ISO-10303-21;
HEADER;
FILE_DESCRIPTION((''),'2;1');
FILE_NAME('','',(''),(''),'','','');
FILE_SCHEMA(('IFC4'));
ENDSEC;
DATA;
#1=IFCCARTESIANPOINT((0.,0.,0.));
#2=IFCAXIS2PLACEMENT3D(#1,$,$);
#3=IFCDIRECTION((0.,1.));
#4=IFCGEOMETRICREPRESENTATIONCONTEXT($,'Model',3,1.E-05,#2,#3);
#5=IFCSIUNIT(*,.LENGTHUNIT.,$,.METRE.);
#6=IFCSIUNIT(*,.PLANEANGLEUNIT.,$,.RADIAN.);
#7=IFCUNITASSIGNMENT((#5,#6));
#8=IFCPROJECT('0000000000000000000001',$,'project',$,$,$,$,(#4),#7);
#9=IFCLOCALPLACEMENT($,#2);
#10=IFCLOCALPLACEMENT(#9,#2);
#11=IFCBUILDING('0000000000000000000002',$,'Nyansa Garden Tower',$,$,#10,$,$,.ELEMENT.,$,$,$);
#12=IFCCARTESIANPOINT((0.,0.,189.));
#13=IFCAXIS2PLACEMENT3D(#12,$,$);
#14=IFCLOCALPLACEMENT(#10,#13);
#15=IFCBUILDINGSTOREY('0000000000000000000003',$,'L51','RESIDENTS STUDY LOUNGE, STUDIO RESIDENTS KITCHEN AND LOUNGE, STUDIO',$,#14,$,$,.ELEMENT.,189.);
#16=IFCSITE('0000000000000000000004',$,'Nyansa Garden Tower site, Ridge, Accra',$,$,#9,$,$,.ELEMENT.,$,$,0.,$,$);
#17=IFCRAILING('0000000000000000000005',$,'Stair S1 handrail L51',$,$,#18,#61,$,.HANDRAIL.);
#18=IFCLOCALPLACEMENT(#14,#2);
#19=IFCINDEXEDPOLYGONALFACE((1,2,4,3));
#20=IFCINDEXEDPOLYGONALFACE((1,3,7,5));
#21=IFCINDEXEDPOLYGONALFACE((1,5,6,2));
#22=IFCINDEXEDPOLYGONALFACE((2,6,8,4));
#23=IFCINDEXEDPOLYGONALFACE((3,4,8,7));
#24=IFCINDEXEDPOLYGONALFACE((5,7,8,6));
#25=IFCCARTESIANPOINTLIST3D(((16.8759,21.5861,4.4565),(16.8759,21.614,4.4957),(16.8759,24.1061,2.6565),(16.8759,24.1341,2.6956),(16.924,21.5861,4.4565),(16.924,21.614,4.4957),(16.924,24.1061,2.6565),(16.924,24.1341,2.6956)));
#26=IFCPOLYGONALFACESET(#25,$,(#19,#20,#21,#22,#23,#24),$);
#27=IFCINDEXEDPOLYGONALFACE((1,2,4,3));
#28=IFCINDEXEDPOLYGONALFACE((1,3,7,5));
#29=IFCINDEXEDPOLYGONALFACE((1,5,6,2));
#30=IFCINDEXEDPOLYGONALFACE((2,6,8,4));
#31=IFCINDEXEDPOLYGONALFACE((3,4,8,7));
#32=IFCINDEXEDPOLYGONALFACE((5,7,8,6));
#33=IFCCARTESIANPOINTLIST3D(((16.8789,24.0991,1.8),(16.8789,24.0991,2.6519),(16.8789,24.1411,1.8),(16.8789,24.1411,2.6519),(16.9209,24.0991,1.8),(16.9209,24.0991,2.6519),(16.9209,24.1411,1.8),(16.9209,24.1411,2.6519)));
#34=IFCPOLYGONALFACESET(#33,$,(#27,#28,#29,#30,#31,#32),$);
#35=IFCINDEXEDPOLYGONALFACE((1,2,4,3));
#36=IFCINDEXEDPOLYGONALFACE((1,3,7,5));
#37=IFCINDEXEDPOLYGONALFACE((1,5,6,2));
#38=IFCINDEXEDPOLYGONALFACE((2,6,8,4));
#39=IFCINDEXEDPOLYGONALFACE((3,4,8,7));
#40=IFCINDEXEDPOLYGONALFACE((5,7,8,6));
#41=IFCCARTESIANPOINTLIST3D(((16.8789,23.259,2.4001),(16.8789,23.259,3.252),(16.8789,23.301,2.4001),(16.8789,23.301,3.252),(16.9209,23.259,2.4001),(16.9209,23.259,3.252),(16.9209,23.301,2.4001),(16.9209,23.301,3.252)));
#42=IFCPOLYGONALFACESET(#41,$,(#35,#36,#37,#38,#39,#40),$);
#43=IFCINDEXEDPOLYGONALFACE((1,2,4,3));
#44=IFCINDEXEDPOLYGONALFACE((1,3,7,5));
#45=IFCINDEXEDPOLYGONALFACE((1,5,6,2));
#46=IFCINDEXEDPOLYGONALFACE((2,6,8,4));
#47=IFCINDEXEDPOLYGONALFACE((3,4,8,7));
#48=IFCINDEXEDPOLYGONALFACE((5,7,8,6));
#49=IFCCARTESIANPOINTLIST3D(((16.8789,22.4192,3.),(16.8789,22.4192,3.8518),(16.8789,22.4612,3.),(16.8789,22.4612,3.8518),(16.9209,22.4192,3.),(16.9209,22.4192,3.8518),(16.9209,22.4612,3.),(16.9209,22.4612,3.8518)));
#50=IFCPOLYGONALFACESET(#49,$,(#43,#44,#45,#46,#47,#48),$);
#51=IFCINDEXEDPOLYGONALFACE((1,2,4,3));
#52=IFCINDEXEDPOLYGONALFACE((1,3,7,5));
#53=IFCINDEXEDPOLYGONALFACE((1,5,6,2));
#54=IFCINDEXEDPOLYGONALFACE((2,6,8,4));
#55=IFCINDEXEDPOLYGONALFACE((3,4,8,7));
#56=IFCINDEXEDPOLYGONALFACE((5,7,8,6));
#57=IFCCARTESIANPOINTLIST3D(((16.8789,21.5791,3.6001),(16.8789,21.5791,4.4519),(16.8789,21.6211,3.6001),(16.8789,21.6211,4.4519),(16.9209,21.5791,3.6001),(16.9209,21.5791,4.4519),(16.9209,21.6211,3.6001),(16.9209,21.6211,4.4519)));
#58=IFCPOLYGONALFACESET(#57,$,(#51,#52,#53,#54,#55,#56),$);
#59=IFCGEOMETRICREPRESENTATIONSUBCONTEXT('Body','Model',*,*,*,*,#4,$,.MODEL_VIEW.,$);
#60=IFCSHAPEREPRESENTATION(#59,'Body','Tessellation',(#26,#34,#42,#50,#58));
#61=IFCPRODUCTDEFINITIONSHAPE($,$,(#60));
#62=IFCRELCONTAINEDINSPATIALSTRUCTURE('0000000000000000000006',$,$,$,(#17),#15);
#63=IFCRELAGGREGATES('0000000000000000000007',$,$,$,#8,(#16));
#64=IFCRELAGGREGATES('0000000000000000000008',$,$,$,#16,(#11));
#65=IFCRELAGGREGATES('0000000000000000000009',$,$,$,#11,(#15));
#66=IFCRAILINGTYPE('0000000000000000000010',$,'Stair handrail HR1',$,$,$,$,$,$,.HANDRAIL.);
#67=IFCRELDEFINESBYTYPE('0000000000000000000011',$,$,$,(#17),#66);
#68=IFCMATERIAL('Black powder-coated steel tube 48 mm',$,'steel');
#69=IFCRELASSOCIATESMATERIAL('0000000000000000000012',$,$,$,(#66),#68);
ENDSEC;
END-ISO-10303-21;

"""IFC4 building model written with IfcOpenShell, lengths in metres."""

from ifc_helpers import new_model, si_unit, direction, frame, origin, origin_2d, place, context, subcontext, project, spatial, rectangle, extrude, material, type_object, element, save


model = new_model("IFC4")

# Units and contexts
model_context = context("Model", 3, precision=1e-05, world=origin(), true_north=direction((0.0, 1.0)))
body_context = subcontext(model_context, "Body", "Model", "MODEL_VIEW")
ifc_project = project(units=[si_unit("LENGTHUNIT", "METRE"), si_unit("PLANEANGLEUNIT", "RADIAN")], contexts=[model_context])

# Site, building, storey
site_placement = place(None, origin())
site = spatial("IfcSite", under=ifc_project, at=site_placement, Name="Nyansa Garden Tower site, Ridge, Accra", CompositionType="ELEMENT", RefElevation=0.0)
building_placement = place(site_placement, origin())
building = spatial("IfcBuilding", under=site, at=building_placement, Name="Nyansa Garden Tower", CompositionType="ELEMENT")
storey_placement = place(building_placement, frame((0.0, 0.0, 189.0)))
storey = spatial("IfcBuildingStorey", under=building, at=storey_placement, Name="L51", Description="RESIDENTS STUDY LOUNGE, STUDIO RESIDENTS KITCHEN AND LOUNGE, STUDIO", CompositionType="ELEMENT", Elevation=189.0)

# Railing
ifc_material_1 = material(Name="Black powder-coated steel tube 48 mm", Category="steel")
railing_type = type_object("IfcRailingType", Name="Stair handrail HR1", PredefinedType="HANDRAIL", material=ifc_material_1)
railing_1_placement = place(storey_placement, frame((16.8999, 24.1201, 1.8)))
element("IfcRailing", 1, at=railing_1_placement, inside=storey, type_object=railing_type, Name="Stair S1 handrail L51", PredefinedType="HANDRAIL", context=body_context, shape_type="SweptSolid", body=[
    extrude(rectangle(XDim=0.0481, YDim=0.0481, at=origin_2d()), frame((0.0, 0.0, 0.876), z_axis=(0.0, -0.813728, 0.581246), x_axis=(1.0, 0.0, 0.0)), (0.0, 0.0, 1.0), 3.0969),
    extrude(rectangle(XDim=0.042, YDim=0.042, at=origin_2d()), origin(), (0.0, 0.0, 1.0), 0.8518),
    extrude(rectangle(XDim=0.042, YDim=0.042, at=origin_2d()), frame((0.0, -0.8401, 0.6001)), (0.0, 0.0, 1.0), 0.8518),
    extrude(rectangle(XDim=0.042, YDim=0.042, at=origin_2d()), frame((0.0, -1.6799, 1.2)), (0.0, 0.0, 1.0), 0.8518),
    extrude(rectangle(XDim=0.042, YDim=0.042, at=origin_2d()), frame((0.0, -2.52, 1.8)), (0.0, 0.0, 1.0), 0.8518),
])

save(model, "model.ifc")
